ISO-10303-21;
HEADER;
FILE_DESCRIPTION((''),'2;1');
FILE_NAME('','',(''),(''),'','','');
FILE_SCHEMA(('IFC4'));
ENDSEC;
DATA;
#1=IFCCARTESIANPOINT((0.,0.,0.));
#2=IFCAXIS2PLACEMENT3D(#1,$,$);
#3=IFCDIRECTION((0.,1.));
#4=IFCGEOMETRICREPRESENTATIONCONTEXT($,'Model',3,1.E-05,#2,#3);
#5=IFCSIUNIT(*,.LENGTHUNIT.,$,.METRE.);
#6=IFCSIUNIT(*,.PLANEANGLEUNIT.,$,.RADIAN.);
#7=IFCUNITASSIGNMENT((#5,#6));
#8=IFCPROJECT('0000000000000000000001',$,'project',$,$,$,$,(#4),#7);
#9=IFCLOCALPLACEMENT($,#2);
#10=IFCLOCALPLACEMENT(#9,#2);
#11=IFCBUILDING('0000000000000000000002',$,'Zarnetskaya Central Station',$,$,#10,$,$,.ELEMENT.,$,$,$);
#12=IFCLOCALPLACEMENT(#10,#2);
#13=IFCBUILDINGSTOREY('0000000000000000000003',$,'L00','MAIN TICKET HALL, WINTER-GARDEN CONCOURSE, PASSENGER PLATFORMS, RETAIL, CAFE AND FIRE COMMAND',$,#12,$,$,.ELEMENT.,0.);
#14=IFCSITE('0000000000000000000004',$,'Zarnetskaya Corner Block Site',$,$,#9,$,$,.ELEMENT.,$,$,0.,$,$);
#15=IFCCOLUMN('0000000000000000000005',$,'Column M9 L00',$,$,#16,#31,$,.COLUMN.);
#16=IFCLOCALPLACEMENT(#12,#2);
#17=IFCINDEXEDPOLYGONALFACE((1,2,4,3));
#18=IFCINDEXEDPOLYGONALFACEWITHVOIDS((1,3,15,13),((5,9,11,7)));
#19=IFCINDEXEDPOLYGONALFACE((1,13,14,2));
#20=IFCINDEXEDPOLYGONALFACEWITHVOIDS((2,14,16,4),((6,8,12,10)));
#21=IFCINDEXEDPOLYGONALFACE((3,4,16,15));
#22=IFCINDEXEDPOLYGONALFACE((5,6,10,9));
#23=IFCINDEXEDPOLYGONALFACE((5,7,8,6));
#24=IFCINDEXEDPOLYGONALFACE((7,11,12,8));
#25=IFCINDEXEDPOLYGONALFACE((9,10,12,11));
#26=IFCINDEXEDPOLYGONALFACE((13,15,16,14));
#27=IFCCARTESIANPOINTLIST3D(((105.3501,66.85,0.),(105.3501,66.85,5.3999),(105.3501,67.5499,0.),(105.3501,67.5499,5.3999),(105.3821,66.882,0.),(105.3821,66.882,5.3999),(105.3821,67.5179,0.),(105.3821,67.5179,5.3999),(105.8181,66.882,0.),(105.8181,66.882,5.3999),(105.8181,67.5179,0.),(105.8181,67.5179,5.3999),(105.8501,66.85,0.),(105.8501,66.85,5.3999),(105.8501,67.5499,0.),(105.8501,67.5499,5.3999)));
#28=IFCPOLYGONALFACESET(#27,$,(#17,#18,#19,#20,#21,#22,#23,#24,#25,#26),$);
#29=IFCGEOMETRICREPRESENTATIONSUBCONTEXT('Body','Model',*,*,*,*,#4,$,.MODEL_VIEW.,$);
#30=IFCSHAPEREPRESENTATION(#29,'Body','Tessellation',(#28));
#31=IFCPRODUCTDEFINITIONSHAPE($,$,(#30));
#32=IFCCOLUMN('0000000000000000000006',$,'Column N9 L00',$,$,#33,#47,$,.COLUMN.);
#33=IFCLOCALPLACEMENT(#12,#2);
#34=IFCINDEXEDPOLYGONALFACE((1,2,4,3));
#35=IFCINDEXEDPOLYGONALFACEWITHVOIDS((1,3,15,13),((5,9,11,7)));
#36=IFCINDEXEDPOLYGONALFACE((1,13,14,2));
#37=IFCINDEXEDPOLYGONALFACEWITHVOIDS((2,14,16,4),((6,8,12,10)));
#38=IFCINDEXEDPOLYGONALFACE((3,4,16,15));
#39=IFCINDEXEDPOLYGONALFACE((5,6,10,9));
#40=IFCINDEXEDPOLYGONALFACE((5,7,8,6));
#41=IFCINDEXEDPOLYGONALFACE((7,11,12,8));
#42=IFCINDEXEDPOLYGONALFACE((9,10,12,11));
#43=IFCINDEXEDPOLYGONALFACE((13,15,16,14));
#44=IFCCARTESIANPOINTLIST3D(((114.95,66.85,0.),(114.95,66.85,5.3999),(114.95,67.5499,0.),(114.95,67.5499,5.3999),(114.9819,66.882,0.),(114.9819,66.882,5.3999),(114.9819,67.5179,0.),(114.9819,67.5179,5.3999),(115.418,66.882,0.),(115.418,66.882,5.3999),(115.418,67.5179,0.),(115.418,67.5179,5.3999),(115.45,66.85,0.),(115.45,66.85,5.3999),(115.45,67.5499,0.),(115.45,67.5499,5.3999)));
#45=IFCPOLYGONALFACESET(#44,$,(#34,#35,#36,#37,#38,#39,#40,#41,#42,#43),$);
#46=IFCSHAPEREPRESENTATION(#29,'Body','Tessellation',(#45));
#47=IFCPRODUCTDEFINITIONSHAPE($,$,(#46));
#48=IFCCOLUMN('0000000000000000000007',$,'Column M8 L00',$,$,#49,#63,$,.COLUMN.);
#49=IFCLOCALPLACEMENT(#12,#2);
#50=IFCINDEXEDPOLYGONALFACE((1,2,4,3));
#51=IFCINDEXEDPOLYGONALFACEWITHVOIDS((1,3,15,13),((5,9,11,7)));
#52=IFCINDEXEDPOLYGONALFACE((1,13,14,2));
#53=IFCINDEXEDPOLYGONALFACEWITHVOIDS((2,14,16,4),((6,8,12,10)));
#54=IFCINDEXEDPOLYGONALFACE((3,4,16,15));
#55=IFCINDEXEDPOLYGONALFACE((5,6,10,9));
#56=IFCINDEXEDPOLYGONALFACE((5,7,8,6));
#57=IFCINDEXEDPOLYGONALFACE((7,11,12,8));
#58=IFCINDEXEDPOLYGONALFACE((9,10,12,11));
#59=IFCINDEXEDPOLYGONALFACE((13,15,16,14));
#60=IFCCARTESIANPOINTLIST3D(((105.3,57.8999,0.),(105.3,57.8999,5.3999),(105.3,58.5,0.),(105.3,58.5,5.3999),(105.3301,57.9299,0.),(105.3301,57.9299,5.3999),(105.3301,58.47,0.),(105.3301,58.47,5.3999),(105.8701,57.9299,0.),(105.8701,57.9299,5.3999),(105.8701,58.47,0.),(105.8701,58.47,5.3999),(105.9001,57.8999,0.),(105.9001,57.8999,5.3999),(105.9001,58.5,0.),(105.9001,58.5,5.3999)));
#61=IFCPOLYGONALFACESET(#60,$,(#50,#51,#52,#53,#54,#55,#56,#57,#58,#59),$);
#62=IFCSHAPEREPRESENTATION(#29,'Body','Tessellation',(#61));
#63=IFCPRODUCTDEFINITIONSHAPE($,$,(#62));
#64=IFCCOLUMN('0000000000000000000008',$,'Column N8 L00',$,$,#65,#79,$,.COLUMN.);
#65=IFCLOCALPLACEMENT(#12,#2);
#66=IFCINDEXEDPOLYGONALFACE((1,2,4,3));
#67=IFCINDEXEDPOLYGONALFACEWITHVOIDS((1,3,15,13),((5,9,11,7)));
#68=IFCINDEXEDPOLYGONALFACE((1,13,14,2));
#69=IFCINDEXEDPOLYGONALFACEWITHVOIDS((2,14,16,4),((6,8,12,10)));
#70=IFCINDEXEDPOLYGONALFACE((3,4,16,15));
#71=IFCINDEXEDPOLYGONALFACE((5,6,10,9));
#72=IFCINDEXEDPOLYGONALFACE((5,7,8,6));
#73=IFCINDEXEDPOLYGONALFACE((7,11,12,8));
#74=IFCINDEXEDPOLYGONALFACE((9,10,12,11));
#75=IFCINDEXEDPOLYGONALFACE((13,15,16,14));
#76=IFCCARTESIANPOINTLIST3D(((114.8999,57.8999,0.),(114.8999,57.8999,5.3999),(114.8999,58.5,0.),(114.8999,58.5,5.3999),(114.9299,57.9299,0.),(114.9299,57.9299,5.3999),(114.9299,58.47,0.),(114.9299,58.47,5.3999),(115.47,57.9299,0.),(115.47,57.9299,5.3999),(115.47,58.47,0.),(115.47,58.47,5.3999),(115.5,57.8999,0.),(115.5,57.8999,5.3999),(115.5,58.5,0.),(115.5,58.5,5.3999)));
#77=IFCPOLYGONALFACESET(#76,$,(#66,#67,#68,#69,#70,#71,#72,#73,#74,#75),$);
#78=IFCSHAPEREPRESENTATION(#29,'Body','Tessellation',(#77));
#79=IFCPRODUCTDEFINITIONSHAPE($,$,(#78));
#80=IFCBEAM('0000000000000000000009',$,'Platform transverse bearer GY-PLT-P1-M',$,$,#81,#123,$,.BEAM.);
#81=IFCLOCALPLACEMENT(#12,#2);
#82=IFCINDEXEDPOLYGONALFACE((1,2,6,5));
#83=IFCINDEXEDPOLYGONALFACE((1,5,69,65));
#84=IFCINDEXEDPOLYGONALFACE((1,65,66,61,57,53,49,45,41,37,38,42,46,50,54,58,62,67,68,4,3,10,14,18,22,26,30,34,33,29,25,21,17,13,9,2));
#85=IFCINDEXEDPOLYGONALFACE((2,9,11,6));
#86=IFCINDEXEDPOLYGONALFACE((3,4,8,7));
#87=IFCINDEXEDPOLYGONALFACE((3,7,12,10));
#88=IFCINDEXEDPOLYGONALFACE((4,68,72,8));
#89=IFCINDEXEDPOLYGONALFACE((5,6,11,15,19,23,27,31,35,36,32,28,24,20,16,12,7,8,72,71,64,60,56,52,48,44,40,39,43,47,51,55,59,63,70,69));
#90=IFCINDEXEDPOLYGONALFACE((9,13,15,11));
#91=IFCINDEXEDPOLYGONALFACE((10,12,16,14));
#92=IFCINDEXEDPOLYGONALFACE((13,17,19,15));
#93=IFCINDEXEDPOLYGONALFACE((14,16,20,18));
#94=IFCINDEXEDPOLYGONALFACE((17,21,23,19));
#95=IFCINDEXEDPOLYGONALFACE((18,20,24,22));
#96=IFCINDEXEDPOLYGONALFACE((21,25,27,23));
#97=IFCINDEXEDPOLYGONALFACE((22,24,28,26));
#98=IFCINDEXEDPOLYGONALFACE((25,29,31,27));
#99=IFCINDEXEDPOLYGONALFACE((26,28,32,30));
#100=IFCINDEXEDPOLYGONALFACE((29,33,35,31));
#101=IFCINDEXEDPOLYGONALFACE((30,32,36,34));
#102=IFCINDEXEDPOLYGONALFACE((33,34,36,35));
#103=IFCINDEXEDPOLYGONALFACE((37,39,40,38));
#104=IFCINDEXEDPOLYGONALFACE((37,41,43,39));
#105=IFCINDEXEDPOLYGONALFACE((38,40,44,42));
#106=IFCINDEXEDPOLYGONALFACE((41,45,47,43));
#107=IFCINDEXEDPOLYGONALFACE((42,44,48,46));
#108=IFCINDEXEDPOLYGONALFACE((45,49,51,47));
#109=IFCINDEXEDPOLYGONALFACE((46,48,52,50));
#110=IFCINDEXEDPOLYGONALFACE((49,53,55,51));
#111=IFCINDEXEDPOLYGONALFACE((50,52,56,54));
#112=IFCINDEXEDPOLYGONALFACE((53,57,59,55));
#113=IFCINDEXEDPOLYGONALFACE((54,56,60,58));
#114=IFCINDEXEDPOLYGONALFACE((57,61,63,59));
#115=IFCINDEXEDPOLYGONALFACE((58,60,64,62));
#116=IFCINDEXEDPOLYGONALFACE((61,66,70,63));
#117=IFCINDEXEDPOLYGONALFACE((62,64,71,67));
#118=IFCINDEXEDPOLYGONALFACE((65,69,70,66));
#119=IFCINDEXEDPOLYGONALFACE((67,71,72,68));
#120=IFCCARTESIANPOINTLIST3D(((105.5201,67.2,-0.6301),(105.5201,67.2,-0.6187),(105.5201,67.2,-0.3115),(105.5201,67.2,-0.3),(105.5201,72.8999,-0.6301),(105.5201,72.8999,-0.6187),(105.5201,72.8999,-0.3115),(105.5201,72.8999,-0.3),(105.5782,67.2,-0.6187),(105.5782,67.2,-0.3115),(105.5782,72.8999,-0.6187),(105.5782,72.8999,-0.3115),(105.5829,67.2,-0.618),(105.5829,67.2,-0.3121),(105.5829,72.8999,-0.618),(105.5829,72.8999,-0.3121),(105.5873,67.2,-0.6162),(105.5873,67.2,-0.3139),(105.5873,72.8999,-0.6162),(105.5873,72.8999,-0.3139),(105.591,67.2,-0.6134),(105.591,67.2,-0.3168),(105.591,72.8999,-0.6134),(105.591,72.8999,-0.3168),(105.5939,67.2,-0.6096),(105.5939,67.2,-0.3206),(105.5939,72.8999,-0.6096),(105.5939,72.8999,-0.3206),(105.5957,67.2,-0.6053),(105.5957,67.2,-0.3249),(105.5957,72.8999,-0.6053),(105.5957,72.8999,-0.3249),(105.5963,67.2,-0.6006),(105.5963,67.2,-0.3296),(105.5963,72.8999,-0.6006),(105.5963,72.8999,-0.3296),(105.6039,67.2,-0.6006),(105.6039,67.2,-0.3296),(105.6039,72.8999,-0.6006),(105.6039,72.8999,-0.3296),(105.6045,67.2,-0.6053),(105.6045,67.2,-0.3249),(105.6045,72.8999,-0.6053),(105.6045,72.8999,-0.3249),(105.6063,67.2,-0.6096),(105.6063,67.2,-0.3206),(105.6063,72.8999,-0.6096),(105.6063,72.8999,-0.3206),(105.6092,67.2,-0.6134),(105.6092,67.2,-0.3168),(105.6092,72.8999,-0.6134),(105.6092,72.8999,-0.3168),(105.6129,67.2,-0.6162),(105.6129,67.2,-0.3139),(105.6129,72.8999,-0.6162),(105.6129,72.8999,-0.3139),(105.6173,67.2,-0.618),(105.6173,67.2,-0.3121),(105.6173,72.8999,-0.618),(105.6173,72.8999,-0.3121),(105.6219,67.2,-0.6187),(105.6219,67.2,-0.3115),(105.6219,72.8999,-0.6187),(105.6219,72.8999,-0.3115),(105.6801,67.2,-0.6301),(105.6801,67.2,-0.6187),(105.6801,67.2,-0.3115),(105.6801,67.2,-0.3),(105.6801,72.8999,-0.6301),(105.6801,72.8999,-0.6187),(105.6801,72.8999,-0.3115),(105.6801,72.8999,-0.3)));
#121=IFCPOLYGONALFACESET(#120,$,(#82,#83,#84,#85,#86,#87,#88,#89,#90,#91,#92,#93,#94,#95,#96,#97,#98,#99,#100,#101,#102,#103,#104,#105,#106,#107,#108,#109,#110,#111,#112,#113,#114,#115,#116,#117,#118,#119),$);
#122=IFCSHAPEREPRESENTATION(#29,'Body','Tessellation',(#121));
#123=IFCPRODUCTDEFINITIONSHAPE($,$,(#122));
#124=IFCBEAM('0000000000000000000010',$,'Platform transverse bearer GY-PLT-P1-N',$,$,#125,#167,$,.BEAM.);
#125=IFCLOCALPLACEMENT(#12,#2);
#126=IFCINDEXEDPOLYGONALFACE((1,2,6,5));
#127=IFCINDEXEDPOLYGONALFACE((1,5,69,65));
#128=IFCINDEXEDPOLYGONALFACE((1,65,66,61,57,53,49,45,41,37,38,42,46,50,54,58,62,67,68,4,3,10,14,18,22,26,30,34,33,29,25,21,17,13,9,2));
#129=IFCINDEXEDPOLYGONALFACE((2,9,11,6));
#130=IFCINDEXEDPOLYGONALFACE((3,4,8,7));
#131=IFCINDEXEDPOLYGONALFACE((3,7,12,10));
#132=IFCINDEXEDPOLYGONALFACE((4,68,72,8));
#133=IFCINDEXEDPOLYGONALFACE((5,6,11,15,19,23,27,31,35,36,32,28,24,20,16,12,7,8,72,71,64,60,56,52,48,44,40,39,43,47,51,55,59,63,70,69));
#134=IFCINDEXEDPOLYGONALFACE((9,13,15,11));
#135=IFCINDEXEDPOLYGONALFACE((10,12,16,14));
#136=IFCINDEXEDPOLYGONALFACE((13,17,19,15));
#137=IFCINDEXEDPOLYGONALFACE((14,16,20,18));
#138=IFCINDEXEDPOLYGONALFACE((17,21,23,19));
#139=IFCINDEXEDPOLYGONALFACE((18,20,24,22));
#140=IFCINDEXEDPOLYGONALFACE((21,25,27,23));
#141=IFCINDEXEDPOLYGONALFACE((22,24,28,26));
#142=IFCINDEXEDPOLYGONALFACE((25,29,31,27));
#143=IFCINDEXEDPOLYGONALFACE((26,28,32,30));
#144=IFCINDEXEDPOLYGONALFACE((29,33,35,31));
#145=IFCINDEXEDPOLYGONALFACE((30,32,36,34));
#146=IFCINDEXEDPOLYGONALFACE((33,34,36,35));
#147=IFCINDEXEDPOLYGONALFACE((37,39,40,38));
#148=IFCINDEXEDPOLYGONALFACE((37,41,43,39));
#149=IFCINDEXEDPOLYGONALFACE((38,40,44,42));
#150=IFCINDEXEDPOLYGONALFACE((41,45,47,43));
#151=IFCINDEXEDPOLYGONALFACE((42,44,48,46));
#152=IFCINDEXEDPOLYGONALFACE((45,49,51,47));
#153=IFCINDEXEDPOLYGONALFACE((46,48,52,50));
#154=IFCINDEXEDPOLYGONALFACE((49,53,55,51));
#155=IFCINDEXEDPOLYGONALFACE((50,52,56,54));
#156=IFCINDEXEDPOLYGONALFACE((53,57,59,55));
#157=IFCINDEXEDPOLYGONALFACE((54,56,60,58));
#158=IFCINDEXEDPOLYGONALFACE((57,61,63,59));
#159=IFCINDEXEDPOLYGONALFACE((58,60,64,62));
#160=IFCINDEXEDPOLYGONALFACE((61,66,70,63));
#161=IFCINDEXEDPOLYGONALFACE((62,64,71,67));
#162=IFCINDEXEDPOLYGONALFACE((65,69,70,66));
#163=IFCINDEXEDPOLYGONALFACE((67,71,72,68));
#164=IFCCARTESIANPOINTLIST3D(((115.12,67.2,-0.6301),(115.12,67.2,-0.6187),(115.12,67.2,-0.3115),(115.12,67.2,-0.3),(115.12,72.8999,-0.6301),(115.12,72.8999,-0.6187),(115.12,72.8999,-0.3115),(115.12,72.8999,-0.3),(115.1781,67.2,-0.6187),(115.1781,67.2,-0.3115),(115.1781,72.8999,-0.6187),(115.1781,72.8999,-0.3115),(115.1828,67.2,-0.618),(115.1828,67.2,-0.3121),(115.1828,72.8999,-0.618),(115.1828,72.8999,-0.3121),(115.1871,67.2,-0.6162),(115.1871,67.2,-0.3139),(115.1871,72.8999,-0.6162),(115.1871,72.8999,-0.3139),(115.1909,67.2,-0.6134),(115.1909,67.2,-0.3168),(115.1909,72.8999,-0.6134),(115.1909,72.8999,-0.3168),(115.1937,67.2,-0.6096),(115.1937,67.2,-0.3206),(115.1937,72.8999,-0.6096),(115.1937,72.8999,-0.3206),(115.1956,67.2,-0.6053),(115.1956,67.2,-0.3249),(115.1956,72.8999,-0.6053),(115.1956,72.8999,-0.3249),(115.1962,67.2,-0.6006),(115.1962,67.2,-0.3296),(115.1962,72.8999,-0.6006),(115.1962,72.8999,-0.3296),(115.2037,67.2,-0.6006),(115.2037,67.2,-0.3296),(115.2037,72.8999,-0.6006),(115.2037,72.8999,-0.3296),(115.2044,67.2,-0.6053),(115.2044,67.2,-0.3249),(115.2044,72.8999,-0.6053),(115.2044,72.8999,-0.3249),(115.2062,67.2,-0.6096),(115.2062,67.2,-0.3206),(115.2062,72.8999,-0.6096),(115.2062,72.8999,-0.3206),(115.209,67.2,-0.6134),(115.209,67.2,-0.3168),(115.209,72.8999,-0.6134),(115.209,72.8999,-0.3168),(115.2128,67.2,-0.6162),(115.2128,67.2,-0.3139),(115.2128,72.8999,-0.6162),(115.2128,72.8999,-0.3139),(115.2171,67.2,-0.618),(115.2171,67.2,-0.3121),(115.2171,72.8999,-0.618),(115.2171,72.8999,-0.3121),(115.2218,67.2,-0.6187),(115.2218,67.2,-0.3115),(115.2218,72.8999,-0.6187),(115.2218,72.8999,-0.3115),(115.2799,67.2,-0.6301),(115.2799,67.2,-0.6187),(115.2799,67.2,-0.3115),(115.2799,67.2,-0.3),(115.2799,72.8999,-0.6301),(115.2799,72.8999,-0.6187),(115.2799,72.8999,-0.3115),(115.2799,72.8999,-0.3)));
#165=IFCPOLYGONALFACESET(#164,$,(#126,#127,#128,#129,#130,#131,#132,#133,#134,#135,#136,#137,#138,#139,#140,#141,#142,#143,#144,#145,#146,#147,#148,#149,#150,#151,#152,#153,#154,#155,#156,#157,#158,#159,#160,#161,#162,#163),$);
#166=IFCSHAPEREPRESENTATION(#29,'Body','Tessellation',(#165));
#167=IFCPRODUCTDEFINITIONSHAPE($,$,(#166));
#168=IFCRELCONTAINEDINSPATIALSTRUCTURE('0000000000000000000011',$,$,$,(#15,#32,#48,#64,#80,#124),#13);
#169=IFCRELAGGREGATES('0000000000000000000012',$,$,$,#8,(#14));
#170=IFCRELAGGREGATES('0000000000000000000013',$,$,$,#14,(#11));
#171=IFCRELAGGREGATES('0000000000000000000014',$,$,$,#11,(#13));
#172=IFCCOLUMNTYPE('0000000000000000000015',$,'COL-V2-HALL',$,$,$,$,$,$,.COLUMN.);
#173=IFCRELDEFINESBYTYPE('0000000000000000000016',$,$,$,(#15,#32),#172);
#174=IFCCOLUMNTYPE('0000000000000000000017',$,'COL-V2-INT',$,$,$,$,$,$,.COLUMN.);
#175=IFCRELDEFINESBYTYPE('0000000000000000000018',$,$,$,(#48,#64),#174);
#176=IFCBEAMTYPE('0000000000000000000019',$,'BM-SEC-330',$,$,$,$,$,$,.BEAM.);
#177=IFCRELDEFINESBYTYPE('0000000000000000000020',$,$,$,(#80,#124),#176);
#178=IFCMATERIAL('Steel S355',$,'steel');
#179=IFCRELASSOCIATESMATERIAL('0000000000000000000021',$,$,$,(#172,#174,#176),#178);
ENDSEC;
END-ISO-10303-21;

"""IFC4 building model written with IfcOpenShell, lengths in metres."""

from ifc_helpers import new_model, si_unit, direction, frame, origin, origin_2d, place, context, subcontext, project, spatial, hollow_rectangle, i_section, extrude, material, material_profile, profile_set, type_object, element, save


model = new_model("IFC4")

# Units and contexts
model_context = context("Model", 3, precision=1e-05, world=origin(), true_north=direction((0.0, 1.0)))
body_context = subcontext(model_context, "Body", "Model", "MODEL_VIEW")
ifc_project = project(units=[si_unit("LENGTHUNIT", "METRE"), si_unit("PLANEANGLEUNIT", "RADIAN")], contexts=[model_context])

# Site, building, storey
site_placement = place(None, origin())
site = spatial("IfcSite", under=ifc_project, at=site_placement, Name="Zarnetskaya Corner Block Site", CompositionType="ELEMENT", RefElevation=0.0)
building_placement = place(site_placement, origin())
building = spatial("IfcBuilding", under=site, at=building_placement, Name="Zarnetskaya Central Station", CompositionType="ELEMENT")
storey_placement = place(building_placement, origin())
storey = spatial("IfcBuildingStorey", under=building, at=storey_placement, Name="L00", Description="MAIN TICKET HALL, WINTER-GARDEN CONCOURSE, PASSENGER PLATFORMS, RETAIL, CAFE AND FIRE COMMAND", CompositionType="ELEMENT", Elevation=0.0)

# Columns
ifc_material_1 = material(Name="Steel S355", Category="steel")
ifc_material_profile_1 = material_profile(ifc_material_1, hollow_rectangle(XDim=0.5, YDim=0.7, WallThickness=0.032, at=origin_2d()), Name="BOX 700x500x32")
ifc_profile_set_1 = profile_set([ifc_material_profile_1], Name="Steel S355")
column_type_1 = type_object("IfcColumnType", Name="COL-V2-HALL", PredefinedType="COLUMN", material=ifc_profile_set_1)
for number, where, z_axis, x_axis, name in (
    (1, (105.6001, 67.2, 0.0), (0.0, 0.0, 1.0), (1.0, 0.0, 0.0), "Column M9 L00"),
    (2, (115.2, 67.2, 0.0), (0.0, 0.0, 1.0), (1.0, 0.0, 0.0), "Column N9 L00"),
):
    element("IfcColumn", number, at=place(storey_placement, frame(where, z_axis=z_axis, x_axis=x_axis)), inside=storey, type_object=column_type_1, Name=name, PredefinedType="COLUMN", context=body_context, shape_type="SweptSolid", body=[
        extrude(hollow_rectangle(XDim=0.5, YDim=0.7, WallThickness=0.032, at=origin_2d()), origin(), (0.0, 0.0, 1.0), 5.3999),
    ])
ifc_material_profile_2 = material_profile(ifc_material_1, hollow_rectangle(XDim=0.6001, YDim=0.6001, WallThickness=0.03, at=origin_2d()), Name="BOX 600x600x30")
ifc_profile_set_2 = profile_set([ifc_material_profile_2], Name="Steel S355")
column_type_2 = type_object("IfcColumnType", Name="COL-V2-INT", PredefinedType="COLUMN", material=ifc_profile_set_2)
for number, where, z_axis, x_axis, name in (
    (3, (105.6001, 58.2, 0.0), (0.0, 0.0, 1.0), (1.0, 0.0, 0.0), "Column M8 L00"),
    (4, (115.2, 58.2, 0.0), (0.0, 0.0, 1.0), (1.0, 0.0, 0.0), "Column N8 L00"),
):
    element("IfcColumn", number, at=place(storey_placement, frame(where, z_axis=z_axis, x_axis=x_axis)), inside=storey, type_object=column_type_2, Name=name, PredefinedType="COLUMN", context=body_context, shape_type="SweptSolid", body=[
        extrude(hollow_rectangle(XDim=0.6001, YDim=0.6001, WallThickness=0.03, at=origin_2d()), origin(), (0.0, 0.0, 1.0), 5.3999),
    ])

# Beams
ifc_material_profile_3 = material_profile(ifc_material_1, i_section(OverallWidth=0.1599, OverallDepth=0.3301, WebThickness=0.0076, FlangeThickness=0.0115, FilletRadius=0.0181, at=origin_2d()), Name="IPE 330")
ifc_profile_set_3 = profile_set([ifc_material_profile_3], Name="Steel S355")
beam_type_1 = type_object("IfcBeamType", Name="BM-SEC-330", PredefinedType="BEAM", material=ifc_profile_set_3)
for number, where, z_axis, x_axis, name in (
    (5, (105.6001, 67.2, -0.4651), (0.0, 1.0, 0.0), (-1.0, 0.0, 0.0), "Platform transverse bearer GY-PLT-P1-M"),
    (6, (115.2, 67.2, -0.4651), (0.0, 1.0, 0.0), (-1.0, 0.0, 0.0), "Platform transverse bearer GY-PLT-P1-N"),
):
    element("IfcBeam", number, at=place(storey_placement, frame(where, z_axis=z_axis, x_axis=x_axis)), inside=storey, type_object=beam_type_1, Name=name, PredefinedType="BEAM", context=body_context, shape_type="SweptSolid", body=[
        extrude(i_section(OverallWidth=0.1599, OverallDepth=0.3301, WebThickness=0.0076, FlangeThickness=0.0115, FilletRadius=0.0181, at=origin_2d()), origin(), (0.0, 0.0, 1.0), 5.7),
    ])

save(model, "model.ifc")
